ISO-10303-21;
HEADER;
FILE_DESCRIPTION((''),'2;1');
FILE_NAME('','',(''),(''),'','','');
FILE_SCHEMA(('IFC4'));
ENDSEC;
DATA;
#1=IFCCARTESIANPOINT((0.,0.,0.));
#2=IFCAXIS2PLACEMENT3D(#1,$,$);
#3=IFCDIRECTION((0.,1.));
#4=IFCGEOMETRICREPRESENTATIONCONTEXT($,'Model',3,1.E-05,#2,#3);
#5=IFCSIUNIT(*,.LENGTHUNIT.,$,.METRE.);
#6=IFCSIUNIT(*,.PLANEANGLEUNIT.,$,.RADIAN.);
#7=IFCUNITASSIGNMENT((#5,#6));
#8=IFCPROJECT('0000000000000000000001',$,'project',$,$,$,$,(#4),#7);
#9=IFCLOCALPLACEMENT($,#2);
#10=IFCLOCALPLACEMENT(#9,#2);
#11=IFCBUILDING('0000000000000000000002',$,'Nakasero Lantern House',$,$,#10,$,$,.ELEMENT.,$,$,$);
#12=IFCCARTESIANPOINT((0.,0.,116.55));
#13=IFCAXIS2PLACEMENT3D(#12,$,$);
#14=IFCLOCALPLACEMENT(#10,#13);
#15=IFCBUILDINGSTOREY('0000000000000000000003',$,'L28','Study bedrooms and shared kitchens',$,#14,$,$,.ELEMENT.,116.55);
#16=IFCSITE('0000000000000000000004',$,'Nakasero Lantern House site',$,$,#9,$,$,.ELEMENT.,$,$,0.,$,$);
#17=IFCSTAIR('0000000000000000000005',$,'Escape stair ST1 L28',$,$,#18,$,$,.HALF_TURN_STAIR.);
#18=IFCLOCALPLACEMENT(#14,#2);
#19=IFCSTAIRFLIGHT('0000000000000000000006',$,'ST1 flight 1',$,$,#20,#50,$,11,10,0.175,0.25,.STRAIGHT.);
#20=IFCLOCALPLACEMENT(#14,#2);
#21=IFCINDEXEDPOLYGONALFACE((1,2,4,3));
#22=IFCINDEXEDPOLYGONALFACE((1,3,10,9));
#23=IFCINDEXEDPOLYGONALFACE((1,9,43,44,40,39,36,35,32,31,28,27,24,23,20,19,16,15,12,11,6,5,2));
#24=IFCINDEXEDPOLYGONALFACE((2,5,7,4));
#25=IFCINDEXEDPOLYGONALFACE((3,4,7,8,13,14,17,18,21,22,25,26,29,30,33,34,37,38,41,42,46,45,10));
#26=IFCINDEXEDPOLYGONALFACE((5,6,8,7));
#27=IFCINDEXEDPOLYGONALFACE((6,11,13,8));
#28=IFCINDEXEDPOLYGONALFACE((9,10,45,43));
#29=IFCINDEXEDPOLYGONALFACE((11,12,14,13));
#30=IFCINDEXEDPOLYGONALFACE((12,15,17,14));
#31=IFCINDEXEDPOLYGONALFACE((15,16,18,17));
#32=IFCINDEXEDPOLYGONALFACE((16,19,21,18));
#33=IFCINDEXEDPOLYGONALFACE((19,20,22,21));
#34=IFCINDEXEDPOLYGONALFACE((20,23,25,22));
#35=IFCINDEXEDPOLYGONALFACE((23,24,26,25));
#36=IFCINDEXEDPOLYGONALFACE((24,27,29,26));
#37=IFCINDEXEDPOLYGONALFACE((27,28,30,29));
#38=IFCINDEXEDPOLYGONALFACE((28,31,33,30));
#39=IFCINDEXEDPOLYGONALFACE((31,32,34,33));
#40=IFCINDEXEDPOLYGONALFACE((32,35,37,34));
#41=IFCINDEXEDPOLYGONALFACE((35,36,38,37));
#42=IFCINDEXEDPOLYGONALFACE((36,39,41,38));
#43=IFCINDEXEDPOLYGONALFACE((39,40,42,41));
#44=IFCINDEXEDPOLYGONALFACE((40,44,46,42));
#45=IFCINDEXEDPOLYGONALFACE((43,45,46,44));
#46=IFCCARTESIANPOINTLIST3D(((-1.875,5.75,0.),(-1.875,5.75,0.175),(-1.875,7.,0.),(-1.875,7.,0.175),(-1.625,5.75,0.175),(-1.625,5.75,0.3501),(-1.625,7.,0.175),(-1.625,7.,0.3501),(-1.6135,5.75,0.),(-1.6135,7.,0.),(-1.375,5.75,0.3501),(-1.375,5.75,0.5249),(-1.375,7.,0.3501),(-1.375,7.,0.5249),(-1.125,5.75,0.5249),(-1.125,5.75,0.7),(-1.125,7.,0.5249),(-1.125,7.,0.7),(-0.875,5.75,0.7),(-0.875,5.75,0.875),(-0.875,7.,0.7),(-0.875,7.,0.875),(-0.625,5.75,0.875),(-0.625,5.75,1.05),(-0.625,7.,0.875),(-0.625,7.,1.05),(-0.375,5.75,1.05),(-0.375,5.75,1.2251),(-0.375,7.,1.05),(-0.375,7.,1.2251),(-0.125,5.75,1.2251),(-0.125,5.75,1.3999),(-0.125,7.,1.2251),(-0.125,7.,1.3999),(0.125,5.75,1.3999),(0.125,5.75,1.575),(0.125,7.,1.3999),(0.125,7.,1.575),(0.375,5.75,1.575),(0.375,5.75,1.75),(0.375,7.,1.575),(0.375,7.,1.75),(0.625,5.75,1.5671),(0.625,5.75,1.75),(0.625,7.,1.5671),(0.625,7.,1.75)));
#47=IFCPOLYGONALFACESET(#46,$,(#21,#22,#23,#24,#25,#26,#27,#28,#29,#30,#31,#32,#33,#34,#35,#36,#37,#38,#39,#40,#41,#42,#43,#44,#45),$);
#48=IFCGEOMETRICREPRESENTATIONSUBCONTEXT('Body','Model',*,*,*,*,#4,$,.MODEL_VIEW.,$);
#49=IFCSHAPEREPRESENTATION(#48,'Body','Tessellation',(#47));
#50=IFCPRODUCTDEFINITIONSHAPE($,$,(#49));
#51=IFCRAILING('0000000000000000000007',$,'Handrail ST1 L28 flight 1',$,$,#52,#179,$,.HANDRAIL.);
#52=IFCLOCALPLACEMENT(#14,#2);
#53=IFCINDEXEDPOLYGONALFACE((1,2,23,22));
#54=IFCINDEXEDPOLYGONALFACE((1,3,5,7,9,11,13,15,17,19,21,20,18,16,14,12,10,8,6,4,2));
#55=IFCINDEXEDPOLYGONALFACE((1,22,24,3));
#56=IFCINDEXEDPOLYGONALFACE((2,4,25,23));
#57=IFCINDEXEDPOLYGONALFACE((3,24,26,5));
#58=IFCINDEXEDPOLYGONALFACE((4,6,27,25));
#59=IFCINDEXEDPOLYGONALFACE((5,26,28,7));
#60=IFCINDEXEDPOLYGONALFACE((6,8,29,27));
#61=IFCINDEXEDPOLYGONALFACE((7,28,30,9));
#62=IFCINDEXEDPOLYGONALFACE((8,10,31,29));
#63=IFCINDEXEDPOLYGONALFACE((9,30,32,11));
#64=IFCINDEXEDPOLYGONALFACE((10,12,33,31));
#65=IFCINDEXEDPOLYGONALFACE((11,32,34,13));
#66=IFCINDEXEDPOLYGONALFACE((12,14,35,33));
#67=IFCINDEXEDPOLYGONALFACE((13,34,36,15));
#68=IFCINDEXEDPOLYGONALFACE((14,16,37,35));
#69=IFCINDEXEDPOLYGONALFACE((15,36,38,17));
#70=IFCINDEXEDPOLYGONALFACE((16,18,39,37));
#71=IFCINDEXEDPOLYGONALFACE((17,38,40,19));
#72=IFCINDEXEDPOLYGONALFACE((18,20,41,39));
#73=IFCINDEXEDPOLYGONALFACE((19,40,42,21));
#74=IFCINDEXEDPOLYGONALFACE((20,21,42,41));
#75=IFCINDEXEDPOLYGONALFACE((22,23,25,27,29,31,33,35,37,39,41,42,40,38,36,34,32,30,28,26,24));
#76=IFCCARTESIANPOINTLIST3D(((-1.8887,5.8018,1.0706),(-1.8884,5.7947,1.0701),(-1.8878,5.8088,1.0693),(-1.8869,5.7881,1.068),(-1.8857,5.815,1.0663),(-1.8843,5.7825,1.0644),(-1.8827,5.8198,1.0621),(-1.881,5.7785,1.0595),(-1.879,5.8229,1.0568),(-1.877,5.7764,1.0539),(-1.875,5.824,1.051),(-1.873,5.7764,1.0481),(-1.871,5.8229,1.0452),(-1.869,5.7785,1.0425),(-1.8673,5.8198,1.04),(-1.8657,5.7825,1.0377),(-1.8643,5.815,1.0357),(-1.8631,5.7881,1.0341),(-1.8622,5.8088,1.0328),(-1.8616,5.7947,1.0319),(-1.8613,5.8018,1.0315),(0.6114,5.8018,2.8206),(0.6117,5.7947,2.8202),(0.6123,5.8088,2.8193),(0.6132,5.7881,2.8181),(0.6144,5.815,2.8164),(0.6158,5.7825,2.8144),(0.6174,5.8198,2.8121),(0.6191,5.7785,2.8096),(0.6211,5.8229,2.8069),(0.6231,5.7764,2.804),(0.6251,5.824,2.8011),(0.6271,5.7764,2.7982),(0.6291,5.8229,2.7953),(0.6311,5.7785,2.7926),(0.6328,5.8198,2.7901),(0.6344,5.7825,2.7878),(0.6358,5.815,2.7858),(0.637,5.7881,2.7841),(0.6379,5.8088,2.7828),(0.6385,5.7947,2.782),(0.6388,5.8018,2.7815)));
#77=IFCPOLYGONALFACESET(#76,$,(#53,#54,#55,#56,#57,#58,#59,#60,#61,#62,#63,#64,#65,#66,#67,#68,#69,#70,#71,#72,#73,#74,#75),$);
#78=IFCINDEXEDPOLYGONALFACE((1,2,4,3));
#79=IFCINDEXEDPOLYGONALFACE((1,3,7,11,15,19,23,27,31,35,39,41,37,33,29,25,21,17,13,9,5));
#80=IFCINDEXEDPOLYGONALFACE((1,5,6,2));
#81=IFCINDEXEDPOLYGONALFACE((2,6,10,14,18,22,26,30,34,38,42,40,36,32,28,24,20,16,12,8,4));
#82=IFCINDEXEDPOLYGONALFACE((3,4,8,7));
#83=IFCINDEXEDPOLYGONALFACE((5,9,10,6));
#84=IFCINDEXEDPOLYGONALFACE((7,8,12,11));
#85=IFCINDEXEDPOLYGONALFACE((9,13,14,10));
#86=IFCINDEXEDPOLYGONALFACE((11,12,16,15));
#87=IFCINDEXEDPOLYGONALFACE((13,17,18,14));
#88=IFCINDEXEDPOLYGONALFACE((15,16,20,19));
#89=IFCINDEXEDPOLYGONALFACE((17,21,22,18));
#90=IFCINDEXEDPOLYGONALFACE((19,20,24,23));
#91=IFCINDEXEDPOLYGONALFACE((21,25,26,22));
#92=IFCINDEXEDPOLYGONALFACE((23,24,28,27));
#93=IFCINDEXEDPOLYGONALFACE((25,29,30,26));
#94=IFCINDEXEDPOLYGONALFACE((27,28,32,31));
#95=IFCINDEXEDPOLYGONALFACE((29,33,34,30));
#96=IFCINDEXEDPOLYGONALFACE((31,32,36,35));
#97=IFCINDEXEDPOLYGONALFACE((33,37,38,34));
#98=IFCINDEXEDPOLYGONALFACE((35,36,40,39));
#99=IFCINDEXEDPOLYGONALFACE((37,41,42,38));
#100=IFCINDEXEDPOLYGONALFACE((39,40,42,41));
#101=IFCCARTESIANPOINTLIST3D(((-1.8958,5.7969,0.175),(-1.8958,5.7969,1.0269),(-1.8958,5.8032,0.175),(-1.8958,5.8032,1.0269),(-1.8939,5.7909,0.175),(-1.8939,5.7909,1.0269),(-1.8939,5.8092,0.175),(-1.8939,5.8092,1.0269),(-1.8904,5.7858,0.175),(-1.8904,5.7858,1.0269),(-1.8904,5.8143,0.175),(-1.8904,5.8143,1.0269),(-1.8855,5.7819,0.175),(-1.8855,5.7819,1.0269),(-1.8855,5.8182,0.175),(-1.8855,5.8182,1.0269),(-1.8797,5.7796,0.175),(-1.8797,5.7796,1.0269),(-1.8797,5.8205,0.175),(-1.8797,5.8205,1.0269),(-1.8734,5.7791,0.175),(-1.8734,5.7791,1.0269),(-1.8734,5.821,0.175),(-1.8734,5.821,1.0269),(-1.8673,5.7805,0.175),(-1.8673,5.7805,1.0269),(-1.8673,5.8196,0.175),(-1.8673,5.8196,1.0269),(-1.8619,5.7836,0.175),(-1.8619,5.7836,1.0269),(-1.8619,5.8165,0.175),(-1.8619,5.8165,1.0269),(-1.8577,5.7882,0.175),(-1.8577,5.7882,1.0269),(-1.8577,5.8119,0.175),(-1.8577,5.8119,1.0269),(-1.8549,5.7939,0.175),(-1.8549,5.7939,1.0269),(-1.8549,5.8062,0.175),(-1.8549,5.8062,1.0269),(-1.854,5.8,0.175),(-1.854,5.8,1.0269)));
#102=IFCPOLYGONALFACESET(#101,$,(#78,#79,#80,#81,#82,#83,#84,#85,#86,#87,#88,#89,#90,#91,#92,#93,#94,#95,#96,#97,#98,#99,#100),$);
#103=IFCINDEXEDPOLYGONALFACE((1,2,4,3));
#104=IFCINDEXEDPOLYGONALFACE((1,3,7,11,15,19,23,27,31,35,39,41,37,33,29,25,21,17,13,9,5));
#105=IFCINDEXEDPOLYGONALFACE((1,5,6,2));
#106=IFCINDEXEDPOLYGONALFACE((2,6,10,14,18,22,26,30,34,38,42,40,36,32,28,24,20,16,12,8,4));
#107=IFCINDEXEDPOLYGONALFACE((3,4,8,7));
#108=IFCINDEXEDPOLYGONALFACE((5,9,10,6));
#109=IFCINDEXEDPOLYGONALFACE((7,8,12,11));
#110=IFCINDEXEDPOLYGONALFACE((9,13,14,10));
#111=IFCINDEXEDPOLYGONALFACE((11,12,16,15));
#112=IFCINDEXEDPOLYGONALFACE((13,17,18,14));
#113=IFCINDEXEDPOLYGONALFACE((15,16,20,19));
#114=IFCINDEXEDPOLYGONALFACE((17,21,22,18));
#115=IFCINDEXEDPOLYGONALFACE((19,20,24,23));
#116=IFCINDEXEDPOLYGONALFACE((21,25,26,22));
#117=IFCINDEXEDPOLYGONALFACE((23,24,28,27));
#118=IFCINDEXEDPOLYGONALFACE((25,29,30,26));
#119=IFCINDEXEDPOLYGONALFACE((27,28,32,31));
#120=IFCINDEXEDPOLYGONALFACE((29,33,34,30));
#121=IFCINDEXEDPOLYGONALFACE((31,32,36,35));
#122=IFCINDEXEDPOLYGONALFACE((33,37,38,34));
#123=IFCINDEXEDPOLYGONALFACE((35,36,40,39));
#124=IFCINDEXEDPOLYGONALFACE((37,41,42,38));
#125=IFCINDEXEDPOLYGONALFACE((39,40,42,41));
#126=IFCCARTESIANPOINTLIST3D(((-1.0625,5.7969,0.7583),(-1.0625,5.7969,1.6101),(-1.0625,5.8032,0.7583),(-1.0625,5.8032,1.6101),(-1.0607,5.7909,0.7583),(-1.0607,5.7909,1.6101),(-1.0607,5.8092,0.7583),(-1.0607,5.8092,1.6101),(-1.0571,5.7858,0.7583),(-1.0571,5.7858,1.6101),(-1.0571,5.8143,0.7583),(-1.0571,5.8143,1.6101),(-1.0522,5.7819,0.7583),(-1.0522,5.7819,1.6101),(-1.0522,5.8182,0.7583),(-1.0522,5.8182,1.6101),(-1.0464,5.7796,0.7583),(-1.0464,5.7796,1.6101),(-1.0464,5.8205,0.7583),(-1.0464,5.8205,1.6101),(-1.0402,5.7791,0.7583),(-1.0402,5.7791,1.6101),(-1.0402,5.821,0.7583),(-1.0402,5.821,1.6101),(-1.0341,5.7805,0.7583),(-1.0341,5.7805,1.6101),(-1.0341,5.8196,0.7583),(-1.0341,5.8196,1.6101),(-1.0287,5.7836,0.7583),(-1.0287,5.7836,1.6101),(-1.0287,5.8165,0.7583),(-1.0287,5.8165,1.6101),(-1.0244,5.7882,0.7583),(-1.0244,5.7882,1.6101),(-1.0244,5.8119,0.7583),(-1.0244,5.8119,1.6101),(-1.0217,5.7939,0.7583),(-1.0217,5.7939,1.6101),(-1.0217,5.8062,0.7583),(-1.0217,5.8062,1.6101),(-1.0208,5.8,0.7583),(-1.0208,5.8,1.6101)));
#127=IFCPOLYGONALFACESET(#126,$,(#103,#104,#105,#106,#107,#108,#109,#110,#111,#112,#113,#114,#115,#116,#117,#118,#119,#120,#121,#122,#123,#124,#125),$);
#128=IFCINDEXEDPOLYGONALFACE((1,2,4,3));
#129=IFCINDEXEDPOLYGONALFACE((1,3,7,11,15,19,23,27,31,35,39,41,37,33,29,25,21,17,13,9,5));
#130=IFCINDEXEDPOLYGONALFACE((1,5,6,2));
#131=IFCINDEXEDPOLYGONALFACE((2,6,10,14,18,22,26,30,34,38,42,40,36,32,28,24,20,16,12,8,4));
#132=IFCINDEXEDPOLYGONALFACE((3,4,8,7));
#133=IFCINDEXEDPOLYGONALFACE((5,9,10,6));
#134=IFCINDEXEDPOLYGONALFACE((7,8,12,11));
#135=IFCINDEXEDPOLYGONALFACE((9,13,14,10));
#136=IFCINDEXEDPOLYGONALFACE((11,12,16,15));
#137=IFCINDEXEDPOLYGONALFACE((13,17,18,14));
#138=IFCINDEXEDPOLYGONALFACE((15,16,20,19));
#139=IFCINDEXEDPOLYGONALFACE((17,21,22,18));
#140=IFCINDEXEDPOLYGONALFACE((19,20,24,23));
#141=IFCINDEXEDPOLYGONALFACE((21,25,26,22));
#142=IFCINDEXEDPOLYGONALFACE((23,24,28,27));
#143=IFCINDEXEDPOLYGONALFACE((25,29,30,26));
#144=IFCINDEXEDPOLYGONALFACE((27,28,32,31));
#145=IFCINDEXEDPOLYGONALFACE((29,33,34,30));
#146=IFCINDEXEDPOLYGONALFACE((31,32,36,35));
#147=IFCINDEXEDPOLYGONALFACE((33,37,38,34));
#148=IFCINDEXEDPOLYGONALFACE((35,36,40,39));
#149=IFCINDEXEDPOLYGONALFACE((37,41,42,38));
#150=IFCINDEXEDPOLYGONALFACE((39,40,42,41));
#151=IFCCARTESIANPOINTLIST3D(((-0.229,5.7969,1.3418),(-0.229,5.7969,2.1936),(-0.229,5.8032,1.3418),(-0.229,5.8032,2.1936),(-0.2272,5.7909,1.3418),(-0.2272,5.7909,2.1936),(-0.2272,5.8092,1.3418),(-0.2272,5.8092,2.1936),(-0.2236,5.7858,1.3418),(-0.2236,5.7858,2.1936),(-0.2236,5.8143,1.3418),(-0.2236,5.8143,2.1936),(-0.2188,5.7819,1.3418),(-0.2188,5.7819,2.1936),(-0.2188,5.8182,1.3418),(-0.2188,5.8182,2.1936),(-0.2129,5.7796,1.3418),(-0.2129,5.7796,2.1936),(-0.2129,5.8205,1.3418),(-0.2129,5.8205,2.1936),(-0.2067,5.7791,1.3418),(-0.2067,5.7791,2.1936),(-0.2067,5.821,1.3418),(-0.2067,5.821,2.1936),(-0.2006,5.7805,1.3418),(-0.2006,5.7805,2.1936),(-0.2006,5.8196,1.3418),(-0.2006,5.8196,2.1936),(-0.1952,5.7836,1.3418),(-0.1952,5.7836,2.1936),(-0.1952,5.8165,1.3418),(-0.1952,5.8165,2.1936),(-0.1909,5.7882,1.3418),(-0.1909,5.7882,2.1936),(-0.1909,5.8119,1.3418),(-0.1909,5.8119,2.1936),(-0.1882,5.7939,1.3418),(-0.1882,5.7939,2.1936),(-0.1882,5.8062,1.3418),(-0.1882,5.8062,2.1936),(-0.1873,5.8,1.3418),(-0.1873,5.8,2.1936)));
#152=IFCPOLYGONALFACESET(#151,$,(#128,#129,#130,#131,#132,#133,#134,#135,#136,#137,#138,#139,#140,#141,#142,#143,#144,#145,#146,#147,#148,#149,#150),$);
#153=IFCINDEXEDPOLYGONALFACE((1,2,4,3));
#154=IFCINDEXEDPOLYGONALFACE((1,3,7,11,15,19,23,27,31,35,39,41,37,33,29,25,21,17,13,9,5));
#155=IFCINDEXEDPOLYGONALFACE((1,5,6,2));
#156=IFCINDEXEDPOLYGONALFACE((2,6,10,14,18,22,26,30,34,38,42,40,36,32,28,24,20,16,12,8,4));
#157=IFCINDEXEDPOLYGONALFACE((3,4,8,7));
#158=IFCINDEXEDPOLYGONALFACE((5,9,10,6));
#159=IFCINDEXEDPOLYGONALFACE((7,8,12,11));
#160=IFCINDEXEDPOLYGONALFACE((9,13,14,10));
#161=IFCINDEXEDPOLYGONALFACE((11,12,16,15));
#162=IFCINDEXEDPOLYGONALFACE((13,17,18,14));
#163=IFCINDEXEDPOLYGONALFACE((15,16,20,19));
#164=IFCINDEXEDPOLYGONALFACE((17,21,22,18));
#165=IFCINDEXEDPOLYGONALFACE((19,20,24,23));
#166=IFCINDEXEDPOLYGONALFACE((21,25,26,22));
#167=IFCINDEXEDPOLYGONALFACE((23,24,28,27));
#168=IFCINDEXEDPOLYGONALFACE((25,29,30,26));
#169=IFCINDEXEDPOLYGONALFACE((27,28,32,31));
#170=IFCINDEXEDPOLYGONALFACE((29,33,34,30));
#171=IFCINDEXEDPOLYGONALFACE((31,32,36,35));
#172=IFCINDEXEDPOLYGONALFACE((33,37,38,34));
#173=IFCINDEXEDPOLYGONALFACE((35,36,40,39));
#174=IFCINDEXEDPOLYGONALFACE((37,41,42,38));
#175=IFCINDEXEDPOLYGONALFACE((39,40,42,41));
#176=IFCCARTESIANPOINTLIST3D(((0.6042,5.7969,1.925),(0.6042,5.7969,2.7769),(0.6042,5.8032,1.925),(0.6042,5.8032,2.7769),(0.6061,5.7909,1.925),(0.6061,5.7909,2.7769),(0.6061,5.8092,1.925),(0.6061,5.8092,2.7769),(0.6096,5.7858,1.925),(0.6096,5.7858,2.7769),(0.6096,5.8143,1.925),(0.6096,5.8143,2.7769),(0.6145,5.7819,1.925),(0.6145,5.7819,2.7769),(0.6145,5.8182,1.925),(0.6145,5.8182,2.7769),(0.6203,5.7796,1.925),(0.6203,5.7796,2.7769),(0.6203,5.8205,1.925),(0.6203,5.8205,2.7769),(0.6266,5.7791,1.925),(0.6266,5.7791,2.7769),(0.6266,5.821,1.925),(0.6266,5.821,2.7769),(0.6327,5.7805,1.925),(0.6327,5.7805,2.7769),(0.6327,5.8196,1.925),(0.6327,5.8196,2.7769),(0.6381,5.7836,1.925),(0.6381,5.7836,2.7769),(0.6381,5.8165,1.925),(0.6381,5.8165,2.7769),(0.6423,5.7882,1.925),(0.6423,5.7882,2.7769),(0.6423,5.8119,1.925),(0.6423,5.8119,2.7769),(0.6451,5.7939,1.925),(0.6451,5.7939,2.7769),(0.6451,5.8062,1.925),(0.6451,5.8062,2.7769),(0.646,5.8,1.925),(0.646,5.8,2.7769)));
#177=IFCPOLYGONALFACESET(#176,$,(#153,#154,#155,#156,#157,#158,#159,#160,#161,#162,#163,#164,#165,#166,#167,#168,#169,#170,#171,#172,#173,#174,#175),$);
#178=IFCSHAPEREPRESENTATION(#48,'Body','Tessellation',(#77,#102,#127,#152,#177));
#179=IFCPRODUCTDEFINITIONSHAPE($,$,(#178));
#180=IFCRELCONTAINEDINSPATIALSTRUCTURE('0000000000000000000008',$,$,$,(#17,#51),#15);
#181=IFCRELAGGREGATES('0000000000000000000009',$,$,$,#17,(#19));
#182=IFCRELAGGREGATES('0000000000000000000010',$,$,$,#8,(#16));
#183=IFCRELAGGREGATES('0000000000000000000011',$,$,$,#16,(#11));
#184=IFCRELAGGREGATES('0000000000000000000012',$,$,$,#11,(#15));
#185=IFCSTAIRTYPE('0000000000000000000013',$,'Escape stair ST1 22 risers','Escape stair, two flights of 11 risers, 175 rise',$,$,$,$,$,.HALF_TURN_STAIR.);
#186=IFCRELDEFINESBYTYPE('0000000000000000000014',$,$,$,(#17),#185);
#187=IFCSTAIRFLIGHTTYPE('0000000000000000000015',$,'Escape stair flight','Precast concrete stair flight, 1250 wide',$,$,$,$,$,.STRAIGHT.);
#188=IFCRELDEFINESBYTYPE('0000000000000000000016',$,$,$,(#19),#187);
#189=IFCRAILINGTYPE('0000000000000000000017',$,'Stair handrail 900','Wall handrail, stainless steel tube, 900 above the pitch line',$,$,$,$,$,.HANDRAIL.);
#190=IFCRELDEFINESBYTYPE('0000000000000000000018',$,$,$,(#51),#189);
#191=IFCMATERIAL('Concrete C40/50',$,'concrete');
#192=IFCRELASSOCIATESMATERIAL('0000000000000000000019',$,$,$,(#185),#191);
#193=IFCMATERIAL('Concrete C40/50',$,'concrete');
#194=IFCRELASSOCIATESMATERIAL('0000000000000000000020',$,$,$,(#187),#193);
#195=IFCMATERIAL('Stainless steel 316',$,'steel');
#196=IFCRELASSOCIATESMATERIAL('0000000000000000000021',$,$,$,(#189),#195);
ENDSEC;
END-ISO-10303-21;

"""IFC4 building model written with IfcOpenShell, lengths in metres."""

from ifc_helpers import new_model, si_unit, direction, frame, origin, origin_2d, place, context, subcontext, project, spatial, polyline, circle, outline, extrude, material, type_object, element, aggregate, save


model = new_model("IFC4")

# Units and contexts
model_context = context("Model", 3, precision=1e-05, world=origin(), true_north=direction((0.0, 1.0)))
body_context = subcontext(model_context, "Body", "Model", "MODEL_VIEW")
ifc_project = project(units=[si_unit("LENGTHUNIT", "METRE"), si_unit("PLANEANGLEUNIT", "RADIAN")], contexts=[model_context])

# Site, building, storey
site_placement = place(None, origin())
site = spatial("IfcSite", under=ifc_project, at=site_placement, Name="Nakasero Lantern House site", CompositionType="ELEMENT", RefElevation=0.0)
building_placement = place(site_placement, origin())
building = spatial("IfcBuilding", under=site, at=building_placement, Name="Nakasero Lantern House", CompositionType="ELEMENT")
storey_placement = place(building_placement, frame((0.0, 0.0, 116.55)))
storey = spatial("IfcBuildingStorey", under=building, at=storey_placement, Name="L28", Description="Study bedrooms and shared kitchens", CompositionType="ELEMENT", Elevation=116.55)

# Stair, stair flight
ifc_material_1 = material(Name="Concrete C40/50", Category="concrete")
stair_type = type_object("IfcStairType", Name="Escape stair ST1 22 risers", Description="Escape stair, two flights of 11 risers, 175 rise", PredefinedType="HALF_TURN_STAIR", material=ifc_material_1)
stair_placement = place(storey_placement, origin())
stair = element("IfcStair", 1, at=stair_placement, inside=storey, type_object=stair_type, Name="Escape stair ST1 L28", PredefinedType="HALF_TURN_STAIR")
ifc_material_2 = material(Name="Concrete C40/50", Category="concrete")
stair_flight_type = type_object("IfcStairFlightType", Name="Escape stair flight", Description="Precast concrete stair flight, 1250 wide", PredefinedType="STRAIGHT", material=ifc_material_2)
stair_flight_placement = place(storey_placement, frame((-1.875, 6.375, 0.0), z_axis=(0.0, 0.0, 1.0), x_axis=(1.0, 0.0, 0.0)))
stair_flight = element("IfcStairFlight", 2, at=stair_flight_placement, type_object=stair_flight_type, Name="ST1 flight 1", NumberOfRisers=11, NumberOfTreads=10, PredefinedType="STRAIGHT", RiserHeight=0.175, TreadLength=0.25, context=body_context, shape_type="SweptSolid", body=[
    extrude(outline(polyline([(0.0, 0.0), (0.0, 0.175), (0.25, 0.175), (0.25, 0.3501), (0.5, 0.3501), (0.5, 0.5249), (0.75, 0.5249), (0.75, 0.7), (1.0, 0.7), (1.0, 0.875), (1.25, 0.875), (1.25, 1.05), (1.5, 1.05), (1.5, 1.2251), (1.75, 1.2251), (1.75, 1.3999), (2.0, 1.3999), (2.0, 1.575), (2.25, 1.575), (2.25, 1.75), (2.5, 1.75), (2.5, 1.925), (2.5, 1.5671), (0.2615, 0.0), (0.0, 0.0)])), frame((0.0, 0.625, 0.0), z_axis=(0.0, -1.0, 0.0), x_axis=(1.0, 0.0, 0.0)), (0.0, 0.0, 1.0), 1.25),
])
aggregate(stair, [stair_flight])

# Railing
ifc_material_3 = material(Name="Stainless steel 316", Category="steel")
railing_type = type_object("IfcRailingType", Name="Stair handrail 900", Description="Wall handrail, stainless steel tube, 900 above the pitch line", PredefinedType="HANDRAIL", material=ifc_material_3)
railing_placement = place(storey_placement, frame((-1.875, 5.8, 0.175)))
element("IfcRailing", 3, at=railing_placement, inside=storey, type_object=railing_type, Name="Handrail ST1 L28 flight 1", PredefinedType="HANDRAIL", context=body_context, shape_type="SweptSolid", body=[
    extrude(circle(Radius=0.0239, at=origin_2d()), frame((0.0, 0.0, 0.876), z_axis=(0.819232, 0.0, 0.573462), x_axis=(0.0, 1.0, 0.0)), (0.0, 0.0, 1.0), 3.0518),
    extrude(circle(Radius=0.021, at=origin_2d()), origin(), (0.0, 0.0, 1.0), 0.8518),
    extrude(circle(Radius=0.021, at=origin_2d()), frame((0.8333, 0.0, 0.5833)), (0.0, 0.0, 1.0), 0.8518),
    extrude(circle(Radius=0.021, at=origin_2d()), frame((1.6667, 0.0, 1.1667)), (0.0, 0.0, 1.0), 0.8518),
    extrude(circle(Radius=0.021, at=origin_2d()), frame((2.5, 0.0, 1.75)), (0.0, 0.0, 1.0), 0.8518),
])

save(model, "model.ifc")
